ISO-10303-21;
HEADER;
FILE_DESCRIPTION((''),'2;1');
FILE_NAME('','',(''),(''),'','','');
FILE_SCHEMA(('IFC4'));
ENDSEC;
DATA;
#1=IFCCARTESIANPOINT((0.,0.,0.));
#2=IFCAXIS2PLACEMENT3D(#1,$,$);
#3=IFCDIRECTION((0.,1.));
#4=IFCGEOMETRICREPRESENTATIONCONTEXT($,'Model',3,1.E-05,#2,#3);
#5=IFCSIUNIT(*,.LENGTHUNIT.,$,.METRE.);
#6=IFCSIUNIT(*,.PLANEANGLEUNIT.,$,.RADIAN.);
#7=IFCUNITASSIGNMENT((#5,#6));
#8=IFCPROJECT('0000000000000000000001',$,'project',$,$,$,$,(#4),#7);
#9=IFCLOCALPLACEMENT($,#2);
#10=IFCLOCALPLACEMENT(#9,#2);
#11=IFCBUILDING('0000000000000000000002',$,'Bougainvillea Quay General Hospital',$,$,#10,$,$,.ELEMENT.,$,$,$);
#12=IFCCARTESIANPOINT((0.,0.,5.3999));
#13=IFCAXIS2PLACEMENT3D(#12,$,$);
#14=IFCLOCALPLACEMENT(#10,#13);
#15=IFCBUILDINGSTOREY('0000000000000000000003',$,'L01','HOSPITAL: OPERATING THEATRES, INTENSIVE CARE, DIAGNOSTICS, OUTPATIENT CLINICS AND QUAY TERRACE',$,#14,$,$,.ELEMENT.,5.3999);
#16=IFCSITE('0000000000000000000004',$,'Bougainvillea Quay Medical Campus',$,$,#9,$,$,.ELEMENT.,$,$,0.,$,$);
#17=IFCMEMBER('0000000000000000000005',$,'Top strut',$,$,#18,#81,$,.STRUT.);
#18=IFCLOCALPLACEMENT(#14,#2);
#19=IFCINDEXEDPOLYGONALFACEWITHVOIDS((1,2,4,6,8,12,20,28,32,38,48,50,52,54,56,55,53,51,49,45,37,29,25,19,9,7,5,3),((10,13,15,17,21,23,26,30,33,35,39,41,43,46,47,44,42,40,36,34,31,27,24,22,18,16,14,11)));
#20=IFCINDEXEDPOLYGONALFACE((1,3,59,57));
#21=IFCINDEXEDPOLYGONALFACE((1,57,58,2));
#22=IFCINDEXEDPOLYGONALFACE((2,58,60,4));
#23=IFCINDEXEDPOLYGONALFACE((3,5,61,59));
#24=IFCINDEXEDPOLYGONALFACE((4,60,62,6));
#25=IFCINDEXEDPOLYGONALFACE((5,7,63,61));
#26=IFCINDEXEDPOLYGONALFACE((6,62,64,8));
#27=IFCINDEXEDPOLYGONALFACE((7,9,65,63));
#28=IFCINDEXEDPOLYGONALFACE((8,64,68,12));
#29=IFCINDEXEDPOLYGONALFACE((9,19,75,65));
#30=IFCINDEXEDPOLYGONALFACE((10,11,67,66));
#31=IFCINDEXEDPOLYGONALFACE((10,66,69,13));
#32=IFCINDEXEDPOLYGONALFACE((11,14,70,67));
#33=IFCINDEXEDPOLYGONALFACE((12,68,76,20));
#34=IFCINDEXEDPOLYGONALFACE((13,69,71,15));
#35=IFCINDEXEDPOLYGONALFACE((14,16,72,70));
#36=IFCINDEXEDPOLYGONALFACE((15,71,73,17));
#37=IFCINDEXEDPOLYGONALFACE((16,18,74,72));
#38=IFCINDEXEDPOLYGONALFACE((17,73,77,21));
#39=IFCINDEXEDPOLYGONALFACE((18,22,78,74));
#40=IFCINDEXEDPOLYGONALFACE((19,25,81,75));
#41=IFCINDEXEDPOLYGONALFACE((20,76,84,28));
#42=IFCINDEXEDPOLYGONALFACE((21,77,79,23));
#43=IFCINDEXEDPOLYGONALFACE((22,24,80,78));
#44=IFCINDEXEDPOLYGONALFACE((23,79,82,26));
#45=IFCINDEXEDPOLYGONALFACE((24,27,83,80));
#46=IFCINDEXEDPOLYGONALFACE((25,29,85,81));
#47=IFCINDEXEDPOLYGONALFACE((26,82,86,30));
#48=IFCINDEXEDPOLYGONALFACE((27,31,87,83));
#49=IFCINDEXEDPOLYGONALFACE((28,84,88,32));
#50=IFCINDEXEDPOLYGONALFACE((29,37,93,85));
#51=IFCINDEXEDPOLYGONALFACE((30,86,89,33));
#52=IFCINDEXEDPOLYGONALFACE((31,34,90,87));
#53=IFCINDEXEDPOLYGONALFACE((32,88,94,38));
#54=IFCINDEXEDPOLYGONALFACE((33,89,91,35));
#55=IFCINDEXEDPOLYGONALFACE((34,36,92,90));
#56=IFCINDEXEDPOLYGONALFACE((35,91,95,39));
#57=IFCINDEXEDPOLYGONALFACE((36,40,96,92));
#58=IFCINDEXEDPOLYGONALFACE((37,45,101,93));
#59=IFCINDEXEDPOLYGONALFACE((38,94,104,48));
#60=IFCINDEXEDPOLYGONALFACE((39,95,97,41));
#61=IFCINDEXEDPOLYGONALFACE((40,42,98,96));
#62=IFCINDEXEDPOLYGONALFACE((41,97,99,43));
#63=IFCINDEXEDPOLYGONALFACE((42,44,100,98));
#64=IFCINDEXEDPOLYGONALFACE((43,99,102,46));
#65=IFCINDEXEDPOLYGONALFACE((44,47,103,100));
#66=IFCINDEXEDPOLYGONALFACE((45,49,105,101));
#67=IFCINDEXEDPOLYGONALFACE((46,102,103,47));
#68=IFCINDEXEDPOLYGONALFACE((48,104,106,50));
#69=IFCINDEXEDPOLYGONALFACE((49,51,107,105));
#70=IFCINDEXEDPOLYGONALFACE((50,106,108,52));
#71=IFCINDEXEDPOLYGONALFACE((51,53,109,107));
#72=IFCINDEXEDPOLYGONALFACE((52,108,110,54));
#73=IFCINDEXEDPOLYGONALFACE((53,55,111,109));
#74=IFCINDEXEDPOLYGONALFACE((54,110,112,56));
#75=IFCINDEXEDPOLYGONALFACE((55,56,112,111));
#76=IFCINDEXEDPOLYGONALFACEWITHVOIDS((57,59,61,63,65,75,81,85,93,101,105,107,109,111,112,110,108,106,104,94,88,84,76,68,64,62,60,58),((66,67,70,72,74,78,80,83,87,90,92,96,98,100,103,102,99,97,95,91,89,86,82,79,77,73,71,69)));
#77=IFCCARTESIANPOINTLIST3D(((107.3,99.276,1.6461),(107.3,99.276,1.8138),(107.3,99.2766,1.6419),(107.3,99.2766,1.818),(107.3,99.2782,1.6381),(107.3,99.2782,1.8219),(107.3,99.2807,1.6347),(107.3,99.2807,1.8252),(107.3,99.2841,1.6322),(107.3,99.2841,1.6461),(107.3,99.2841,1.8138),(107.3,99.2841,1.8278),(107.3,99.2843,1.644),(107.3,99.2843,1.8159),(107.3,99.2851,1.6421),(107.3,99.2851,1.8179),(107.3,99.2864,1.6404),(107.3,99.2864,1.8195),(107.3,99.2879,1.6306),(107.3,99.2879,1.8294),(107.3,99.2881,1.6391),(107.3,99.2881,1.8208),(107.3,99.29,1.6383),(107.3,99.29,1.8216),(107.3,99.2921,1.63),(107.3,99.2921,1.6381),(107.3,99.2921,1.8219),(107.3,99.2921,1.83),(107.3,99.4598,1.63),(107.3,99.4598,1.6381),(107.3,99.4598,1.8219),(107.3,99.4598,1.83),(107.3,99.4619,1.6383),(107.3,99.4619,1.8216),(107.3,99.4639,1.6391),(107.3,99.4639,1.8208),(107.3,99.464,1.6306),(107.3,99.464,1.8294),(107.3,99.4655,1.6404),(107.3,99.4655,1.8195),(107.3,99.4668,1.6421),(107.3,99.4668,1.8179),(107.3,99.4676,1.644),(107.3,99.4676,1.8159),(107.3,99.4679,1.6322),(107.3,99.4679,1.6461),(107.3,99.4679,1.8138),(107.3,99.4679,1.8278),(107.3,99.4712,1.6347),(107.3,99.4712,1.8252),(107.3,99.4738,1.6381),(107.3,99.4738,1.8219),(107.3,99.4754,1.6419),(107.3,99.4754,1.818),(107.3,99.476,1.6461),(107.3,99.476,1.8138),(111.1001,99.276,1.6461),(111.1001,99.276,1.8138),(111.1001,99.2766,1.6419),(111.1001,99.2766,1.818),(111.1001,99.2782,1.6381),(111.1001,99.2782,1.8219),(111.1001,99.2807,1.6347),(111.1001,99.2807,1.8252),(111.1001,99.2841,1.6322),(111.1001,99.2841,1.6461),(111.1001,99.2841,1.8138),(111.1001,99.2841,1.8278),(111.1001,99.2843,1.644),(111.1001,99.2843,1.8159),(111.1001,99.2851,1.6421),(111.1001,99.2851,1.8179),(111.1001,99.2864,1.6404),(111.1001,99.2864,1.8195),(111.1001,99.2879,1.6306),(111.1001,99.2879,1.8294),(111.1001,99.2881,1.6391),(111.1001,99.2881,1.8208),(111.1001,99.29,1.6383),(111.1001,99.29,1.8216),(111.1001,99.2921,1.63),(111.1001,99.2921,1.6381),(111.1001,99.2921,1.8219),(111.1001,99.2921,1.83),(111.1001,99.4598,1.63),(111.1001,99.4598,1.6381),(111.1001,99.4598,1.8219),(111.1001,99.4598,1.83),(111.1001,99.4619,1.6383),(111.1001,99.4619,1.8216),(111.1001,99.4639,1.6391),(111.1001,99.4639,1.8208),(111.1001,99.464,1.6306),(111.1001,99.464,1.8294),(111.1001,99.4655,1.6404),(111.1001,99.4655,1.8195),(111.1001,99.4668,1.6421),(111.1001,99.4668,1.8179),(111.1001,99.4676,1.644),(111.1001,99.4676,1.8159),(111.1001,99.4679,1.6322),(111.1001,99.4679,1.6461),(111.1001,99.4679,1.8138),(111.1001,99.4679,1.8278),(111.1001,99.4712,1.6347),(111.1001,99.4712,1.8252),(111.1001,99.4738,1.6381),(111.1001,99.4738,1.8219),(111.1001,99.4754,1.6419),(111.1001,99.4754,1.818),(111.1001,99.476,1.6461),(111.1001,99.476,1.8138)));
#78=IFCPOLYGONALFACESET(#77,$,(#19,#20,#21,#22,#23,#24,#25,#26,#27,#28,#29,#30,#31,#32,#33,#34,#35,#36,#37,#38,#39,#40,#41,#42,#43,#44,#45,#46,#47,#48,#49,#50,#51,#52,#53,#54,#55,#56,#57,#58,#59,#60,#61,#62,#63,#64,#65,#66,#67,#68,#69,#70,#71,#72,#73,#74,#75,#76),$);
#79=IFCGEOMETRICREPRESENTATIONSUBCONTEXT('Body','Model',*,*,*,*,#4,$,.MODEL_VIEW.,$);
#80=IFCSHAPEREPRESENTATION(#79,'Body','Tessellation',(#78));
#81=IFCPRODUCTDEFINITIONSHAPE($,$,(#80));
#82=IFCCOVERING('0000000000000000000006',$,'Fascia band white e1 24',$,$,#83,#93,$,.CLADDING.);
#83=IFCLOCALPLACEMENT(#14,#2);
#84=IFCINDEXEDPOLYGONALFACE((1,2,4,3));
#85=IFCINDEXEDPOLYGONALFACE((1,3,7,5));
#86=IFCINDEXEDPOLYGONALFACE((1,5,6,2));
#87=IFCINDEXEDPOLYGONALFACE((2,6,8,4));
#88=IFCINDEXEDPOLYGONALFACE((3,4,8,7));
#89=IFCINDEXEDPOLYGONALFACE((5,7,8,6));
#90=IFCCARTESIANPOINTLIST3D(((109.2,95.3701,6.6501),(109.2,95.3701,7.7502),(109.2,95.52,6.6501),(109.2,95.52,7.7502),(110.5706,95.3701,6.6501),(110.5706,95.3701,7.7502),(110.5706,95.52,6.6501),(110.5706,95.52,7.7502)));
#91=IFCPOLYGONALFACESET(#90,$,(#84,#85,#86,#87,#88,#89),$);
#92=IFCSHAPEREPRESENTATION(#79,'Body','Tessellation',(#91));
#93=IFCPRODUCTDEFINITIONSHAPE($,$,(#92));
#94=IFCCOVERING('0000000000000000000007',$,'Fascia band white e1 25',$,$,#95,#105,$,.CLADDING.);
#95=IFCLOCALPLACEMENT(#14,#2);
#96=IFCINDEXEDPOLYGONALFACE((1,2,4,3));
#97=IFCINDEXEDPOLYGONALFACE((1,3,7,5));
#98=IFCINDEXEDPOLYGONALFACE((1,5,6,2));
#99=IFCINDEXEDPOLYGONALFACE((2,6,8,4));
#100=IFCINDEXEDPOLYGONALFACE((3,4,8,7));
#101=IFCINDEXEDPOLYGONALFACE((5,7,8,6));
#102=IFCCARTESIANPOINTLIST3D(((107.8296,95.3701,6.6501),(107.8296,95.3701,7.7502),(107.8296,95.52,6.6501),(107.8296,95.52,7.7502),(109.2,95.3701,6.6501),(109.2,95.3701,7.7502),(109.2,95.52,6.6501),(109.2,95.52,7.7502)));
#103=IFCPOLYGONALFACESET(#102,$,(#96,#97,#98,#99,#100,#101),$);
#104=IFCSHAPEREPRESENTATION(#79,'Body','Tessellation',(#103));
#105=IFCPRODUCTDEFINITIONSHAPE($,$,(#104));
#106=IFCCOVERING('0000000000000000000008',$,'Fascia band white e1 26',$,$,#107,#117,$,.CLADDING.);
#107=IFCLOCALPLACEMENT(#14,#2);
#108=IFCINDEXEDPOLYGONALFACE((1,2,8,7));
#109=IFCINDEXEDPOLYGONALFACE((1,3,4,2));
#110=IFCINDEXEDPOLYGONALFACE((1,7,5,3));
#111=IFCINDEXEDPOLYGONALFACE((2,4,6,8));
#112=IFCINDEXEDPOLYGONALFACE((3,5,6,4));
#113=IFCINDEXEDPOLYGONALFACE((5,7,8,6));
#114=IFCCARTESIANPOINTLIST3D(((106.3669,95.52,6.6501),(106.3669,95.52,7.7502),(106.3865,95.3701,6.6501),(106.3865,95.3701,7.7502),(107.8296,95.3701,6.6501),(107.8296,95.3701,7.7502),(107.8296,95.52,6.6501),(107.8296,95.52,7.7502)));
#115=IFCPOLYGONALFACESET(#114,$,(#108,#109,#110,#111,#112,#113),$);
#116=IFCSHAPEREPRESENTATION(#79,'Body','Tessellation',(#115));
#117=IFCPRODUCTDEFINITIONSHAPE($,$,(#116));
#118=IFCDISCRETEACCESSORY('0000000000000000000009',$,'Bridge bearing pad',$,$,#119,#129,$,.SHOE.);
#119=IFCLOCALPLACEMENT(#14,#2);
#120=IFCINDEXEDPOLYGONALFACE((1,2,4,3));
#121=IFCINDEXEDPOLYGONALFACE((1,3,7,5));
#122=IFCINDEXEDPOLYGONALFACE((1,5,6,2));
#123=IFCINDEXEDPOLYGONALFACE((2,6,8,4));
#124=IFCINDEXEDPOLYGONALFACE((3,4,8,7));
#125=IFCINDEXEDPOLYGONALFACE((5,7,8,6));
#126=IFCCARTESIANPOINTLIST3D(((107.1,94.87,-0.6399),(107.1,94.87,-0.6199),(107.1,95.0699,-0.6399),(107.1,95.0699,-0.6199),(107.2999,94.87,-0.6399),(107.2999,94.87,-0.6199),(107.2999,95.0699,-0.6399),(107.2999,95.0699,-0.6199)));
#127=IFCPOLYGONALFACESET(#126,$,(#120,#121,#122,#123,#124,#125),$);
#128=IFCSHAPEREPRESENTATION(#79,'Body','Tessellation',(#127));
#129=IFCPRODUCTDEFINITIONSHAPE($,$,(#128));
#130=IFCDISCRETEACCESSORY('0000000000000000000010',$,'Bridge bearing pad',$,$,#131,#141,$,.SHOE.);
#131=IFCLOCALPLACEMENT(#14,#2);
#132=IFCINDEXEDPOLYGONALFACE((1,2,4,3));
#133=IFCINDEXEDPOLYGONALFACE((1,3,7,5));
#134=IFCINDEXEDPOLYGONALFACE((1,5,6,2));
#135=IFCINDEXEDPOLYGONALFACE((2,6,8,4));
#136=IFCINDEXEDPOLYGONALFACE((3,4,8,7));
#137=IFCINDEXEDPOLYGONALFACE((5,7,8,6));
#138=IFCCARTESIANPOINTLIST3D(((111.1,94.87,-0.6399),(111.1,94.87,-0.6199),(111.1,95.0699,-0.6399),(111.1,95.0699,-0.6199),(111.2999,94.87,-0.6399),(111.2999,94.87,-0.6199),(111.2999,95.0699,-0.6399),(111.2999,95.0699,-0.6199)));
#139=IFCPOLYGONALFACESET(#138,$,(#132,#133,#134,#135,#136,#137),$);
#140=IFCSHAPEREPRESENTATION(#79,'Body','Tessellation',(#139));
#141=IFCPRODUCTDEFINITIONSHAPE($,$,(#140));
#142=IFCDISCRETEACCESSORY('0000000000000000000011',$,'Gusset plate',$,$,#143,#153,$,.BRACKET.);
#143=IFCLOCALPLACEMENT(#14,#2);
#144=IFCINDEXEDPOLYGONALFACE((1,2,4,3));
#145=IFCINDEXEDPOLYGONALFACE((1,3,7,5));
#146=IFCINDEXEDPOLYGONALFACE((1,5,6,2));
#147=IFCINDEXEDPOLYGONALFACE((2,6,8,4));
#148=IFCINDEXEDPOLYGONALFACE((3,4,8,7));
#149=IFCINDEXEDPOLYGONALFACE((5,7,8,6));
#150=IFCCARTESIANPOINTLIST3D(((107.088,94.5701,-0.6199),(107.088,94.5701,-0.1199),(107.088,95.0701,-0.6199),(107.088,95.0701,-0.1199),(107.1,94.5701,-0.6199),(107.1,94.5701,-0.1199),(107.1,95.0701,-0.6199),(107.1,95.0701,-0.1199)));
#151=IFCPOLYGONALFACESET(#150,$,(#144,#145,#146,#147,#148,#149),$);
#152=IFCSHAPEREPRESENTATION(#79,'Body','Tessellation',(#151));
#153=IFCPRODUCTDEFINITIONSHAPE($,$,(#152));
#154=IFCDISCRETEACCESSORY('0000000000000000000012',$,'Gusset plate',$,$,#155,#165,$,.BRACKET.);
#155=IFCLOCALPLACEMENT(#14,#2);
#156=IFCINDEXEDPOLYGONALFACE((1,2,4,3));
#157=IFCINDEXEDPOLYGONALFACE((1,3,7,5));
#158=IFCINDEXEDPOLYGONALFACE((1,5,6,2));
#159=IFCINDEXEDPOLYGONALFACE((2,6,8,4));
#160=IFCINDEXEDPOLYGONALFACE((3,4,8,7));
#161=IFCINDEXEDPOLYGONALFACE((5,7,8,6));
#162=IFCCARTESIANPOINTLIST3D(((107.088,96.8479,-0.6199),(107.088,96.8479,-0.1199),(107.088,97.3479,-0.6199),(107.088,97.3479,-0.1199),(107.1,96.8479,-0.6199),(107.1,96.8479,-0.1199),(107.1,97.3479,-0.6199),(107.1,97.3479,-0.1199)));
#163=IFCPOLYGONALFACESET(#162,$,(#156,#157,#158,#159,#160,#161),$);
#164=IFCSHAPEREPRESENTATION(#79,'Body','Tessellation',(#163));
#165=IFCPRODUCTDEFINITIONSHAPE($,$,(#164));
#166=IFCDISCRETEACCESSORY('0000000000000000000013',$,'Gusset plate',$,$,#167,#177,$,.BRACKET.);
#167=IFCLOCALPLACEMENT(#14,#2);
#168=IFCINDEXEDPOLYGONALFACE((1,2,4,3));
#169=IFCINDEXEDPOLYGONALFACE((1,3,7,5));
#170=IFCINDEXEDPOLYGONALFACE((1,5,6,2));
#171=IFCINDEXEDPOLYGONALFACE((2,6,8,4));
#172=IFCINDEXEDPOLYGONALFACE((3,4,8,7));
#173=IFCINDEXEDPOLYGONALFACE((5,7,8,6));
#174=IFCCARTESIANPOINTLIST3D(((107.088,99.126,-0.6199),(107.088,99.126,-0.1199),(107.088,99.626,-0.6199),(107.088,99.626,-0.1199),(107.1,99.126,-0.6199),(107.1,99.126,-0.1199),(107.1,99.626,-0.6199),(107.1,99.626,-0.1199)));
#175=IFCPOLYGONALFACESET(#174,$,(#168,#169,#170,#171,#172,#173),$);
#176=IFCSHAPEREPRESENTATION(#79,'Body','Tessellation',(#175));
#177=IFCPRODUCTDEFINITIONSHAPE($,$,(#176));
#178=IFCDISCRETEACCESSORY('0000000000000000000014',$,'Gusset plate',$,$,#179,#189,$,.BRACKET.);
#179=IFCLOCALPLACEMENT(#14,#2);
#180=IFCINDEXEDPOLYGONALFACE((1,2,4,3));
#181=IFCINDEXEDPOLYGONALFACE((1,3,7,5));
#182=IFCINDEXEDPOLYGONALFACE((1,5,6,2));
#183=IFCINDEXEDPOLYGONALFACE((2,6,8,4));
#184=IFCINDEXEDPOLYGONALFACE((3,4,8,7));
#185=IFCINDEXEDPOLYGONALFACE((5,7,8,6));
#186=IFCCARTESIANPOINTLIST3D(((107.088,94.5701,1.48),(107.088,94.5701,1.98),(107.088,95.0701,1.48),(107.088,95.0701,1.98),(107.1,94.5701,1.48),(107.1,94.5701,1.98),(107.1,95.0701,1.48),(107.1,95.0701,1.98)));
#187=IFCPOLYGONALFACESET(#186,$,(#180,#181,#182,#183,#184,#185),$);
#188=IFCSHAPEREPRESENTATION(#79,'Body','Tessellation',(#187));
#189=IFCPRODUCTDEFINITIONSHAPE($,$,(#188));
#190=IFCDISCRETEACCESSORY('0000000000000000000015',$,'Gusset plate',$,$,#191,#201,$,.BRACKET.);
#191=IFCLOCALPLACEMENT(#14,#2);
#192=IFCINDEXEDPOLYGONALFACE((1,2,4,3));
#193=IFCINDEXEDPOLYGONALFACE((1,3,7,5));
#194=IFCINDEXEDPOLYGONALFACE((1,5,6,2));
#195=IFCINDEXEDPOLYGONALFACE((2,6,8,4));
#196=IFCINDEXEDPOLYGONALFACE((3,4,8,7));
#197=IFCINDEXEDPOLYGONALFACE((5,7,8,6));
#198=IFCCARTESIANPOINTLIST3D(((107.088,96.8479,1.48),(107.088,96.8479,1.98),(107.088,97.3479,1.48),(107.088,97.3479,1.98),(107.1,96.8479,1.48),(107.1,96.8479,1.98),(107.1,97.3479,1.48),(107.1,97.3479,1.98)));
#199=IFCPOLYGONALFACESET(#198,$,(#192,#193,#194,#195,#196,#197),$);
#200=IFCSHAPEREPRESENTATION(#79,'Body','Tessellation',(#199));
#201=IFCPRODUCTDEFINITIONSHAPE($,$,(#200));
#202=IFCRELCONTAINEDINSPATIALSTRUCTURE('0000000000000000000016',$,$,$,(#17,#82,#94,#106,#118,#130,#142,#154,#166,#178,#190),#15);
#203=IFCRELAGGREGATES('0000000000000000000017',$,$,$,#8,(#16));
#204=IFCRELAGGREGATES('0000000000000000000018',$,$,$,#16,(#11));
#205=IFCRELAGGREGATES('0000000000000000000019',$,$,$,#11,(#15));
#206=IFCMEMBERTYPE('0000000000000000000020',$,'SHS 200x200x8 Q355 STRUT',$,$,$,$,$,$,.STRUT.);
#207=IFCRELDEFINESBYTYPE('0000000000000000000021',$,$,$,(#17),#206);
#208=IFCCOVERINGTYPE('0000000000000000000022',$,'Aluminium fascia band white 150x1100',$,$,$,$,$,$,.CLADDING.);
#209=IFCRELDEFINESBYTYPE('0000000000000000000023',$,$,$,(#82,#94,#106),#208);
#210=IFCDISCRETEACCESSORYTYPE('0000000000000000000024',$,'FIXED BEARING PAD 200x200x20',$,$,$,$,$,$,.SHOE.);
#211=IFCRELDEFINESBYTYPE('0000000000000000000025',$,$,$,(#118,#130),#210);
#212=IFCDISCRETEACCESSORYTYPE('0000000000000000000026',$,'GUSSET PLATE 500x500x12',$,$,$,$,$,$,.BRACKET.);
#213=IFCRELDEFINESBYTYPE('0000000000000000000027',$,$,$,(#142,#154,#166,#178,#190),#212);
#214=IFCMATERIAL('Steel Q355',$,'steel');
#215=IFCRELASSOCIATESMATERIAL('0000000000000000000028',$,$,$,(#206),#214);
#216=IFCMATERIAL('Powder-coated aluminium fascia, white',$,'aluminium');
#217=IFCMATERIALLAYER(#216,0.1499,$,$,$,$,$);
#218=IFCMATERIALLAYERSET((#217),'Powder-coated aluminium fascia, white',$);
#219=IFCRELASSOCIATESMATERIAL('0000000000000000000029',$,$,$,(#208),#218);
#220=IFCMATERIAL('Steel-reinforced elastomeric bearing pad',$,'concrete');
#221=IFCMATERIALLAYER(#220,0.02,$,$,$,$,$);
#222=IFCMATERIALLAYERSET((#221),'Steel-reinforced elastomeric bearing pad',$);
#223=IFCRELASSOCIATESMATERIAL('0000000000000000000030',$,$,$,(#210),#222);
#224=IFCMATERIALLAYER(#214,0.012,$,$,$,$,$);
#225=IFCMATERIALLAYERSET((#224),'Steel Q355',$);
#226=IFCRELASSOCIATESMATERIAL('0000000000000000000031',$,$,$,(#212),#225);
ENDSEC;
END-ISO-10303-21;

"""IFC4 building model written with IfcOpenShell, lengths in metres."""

from ifc_helpers import new_model, si_unit, direction, frame, origin, origin_2d, place, context, subcontext, project, spatial, polyline, rectangle, hollow_rectangle, outline, extrude, material, layer, layer_set, material_profile, profile_set, type_object, element, save


model = new_model("IFC4")

# Units and contexts
model_context = context("Model", 3, precision=1e-05, world=origin(), true_north=direction((0.0, 1.0)))
body_context = subcontext(model_context, "Body", "Model", "MODEL_VIEW")
ifc_project = project(units=[si_unit("LENGTHUNIT", "METRE"), si_unit("PLANEANGLEUNIT", "RADIAN")], contexts=[model_context])

# Site, building, storey
site_placement = place(None, origin())
site = spatial("IfcSite", under=ifc_project, at=site_placement, Name="Bougainvillea Quay Medical Campus", CompositionType="ELEMENT", RefElevation=0.0)
building_placement = place(site_placement, origin())
building = spatial("IfcBuilding", under=site, at=building_placement, Name="Bougainvillea Quay General Hospital", CompositionType="ELEMENT")
storey_placement = place(building_placement, frame((0.0, 0.0, 5.3999)))
storey = spatial("IfcBuildingStorey", under=building, at=storey_placement, Name="L01", Description="HOSPITAL: OPERATING THEATRES, INTENSIVE CARE, DIAGNOSTICS, OUTPATIENT CLINICS AND QUAY TERRACE", CompositionType="ELEMENT", Elevation=5.3999)

# Member
ifc_material_1 = material(Name="Steel Q355", Category="steel")
ifc_material_profile_1 = material_profile(ifc_material_1, hollow_rectangle(XDim=0.2, YDim=0.2, WallThickness=0.0081, InnerFilletRadius=0.0081, OuterFilletRadius=0.0161, at=origin_2d()))
ifc_profile_set_1 = profile_set([ifc_material_profile_1], Name="Steel Q355")
member_type_1 = type_object("IfcMemberType", Name="SHS 200x200x8 Q355 STRUT", PredefinedType="STRUT", material=ifc_profile_set_1)
for number, where, z_axis, x_axis, name in (
    (1, (107.3, 99.376, 1.73), (1.0, 0.0, 0.0), (0.0, 1.0, 0.0), "Top strut"),
):
    element("IfcMember", number, at=place(storey_placement, frame(where, z_axis=z_axis, x_axis=x_axis)), inside=storey, type_object=member_type_1, Name=name, PredefinedType="STRUT", context=body_context, shape_type="SweptSolid", body=[
        extrude(hollow_rectangle(XDim=0.2, YDim=0.2, WallThickness=0.0081, InnerFilletRadius=0.0081, OuterFilletRadius=0.0161, at=origin_2d()), origin(), (0.0, 0.0, 1.0), 3.8),
    ])

# Coverings
ifc_material_2 = material(Name="Powder-coated aluminium fascia, white", Category="aluminium")
ifc_layer_1 = layer(ifc_material_2, 0.1499)
ifc_layer_set_1 = layer_set([ifc_layer_1], Name="Powder-coated aluminium fascia, white")
covering_type = type_object("IfcCoveringType", Name="Aluminium fascia band white 150x1100", PredefinedType="CLADDING", material=ifc_layer_set_1)
covering_1_placement = place(storey_placement, frame((110.5706, 95.3701, 6.6501), z_axis=(0.0, 0.0, 1.0), x_axis=(-1.0, 0.0, 0.0)))
element("IfcCovering", 2, at=covering_1_placement, inside=storey, type_object=covering_type, Name="Fascia band white e1 24", PredefinedType="CLADDING", context=body_context, shape_type="SweptSolid", body=[
    extrude(outline(polyline([(0.0, 0.0), (1.3706, 0.0), (1.3706, -0.1499), (0.0, -0.1499), (0.0, 0.0)])), origin(), (0.0, 0.0, 1.0), 1.1001),
])
covering_2_placement = place(storey_placement, frame((109.2, 95.3701, 6.6501), z_axis=(0.0, 0.0, 1.0), x_axis=(-1.0, 0.0, 0.0)))
element("IfcCovering", 3, at=covering_2_placement, inside=storey, type_object=covering_type, Name="Fascia band white e1 25", PredefinedType="CLADDING", context=body_context, shape_type="SweptSolid", body=[
    extrude(outline(polyline([(0.0, 0.0), (1.3704, 0.0), (1.3704, -0.1499), (0.0, -0.1499), (0.0, 0.0)])), origin(), (0.0, 0.0, 1.0), 1.1001),
])
covering_3_placement = place(storey_placement, frame((107.8296, 95.3701, 6.6501), z_axis=(0.0, 0.0, 1.0), x_axis=(-1.0, 0.0, 0.0)))
element("IfcCovering", 4, at=covering_3_placement, inside=storey, type_object=covering_type, Name="Fascia band white e1 26", PredefinedType="CLADDING", context=body_context, shape_type="SweptSolid", body=[
    extrude(outline(polyline([(0.0, 0.0), (1.4431, 0.0), (1.4626, -0.1499), (0.0, -0.1499), (0.0, 0.0)])), origin(), (0.0, 0.0, 1.0), 1.1001),
])

# Discrete accessories
ifc_material_3 = material(Name="Steel-reinforced elastomeric bearing pad", Category="concrete")
ifc_layer_2 = layer(ifc_material_3, 0.02)
ifc_layer_set_2 = layer_set([ifc_layer_2], Name="Steel-reinforced elastomeric bearing pad")
discrete_accessory_type_1 = type_object("IfcDiscreteAccessoryType", Name="FIXED BEARING PAD 200x200x20", PredefinedType="SHOE", material=ifc_layer_set_2)
for number, where, z_axis, x_axis, name in (
    (5, (107.2, 94.97, -0.6399), (0.0, 0.0, 1.0), (0.0, 1.0, 0.0), "Bridge bearing pad"),
    (6, (111.2, 94.97, -0.6399), (0.0, 0.0, 1.0), (0.0, 1.0, 0.0), "Bridge bearing pad"),
):
    element("IfcDiscreteAccessory", number, at=place(storey_placement, frame(where, z_axis=z_axis, x_axis=x_axis)), inside=storey, type_object=discrete_accessory_type_1, Name=name, PredefinedType="SHOE", context=body_context, shape_type="SweptSolid", body=[
        extrude(rectangle(XDim=0.2, YDim=0.2, at=origin_2d()), origin(), (0.0, 0.0, 1.0), 0.02),
    ])
ifc_layer_3 = layer(ifc_material_1, 0.012)
ifc_layer_set_3 = layer_set([ifc_layer_3], Name="Steel Q355")
discrete_accessory_type_2 = type_object("IfcDiscreteAccessoryType", Name="GUSSET PLATE 500x500x12", PredefinedType="BRACKET", material=ifc_layer_set_3)
for number, where, z_axis, x_axis, name in (
    (7, (107.094, 94.8201, -0.6199), (0.0, 0.0, 1.0), (0.0, 1.0, 0.0), "Gusset plate"),
    (8, (107.094, 97.0979, -0.6199), (0.0, 0.0, 1.0), (0.0, 1.0, 0.0), "Gusset plate"),
    (9, (107.094, 99.376, -0.6199), (0.0, 0.0, 1.0), (0.0, 1.0, 0.0), "Gusset plate"),
    (10, (107.094, 94.8201, 1.48), (0.0, 0.0, 1.0), (0.0, 1.0, 0.0), "Gusset plate"),
    (11, (107.094, 97.0979, 1.48), (0.0, 0.0, 1.0), (0.0, 1.0, 0.0), "Gusset plate"),
):
    element("IfcDiscreteAccessory", number, at=place(storey_placement, frame(where, z_axis=z_axis, x_axis=x_axis)), inside=storey, type_object=discrete_accessory_type_2, Name=name, PredefinedType="BRACKET", context=body_context, shape_type="SweptSolid", body=[
        extrude(rectangle(XDim=0.5, YDim=0.012, at=origin_2d()), origin(), (0.0, 0.0, 1.0), 0.5),
    ])

save(model, "model.ifc")
